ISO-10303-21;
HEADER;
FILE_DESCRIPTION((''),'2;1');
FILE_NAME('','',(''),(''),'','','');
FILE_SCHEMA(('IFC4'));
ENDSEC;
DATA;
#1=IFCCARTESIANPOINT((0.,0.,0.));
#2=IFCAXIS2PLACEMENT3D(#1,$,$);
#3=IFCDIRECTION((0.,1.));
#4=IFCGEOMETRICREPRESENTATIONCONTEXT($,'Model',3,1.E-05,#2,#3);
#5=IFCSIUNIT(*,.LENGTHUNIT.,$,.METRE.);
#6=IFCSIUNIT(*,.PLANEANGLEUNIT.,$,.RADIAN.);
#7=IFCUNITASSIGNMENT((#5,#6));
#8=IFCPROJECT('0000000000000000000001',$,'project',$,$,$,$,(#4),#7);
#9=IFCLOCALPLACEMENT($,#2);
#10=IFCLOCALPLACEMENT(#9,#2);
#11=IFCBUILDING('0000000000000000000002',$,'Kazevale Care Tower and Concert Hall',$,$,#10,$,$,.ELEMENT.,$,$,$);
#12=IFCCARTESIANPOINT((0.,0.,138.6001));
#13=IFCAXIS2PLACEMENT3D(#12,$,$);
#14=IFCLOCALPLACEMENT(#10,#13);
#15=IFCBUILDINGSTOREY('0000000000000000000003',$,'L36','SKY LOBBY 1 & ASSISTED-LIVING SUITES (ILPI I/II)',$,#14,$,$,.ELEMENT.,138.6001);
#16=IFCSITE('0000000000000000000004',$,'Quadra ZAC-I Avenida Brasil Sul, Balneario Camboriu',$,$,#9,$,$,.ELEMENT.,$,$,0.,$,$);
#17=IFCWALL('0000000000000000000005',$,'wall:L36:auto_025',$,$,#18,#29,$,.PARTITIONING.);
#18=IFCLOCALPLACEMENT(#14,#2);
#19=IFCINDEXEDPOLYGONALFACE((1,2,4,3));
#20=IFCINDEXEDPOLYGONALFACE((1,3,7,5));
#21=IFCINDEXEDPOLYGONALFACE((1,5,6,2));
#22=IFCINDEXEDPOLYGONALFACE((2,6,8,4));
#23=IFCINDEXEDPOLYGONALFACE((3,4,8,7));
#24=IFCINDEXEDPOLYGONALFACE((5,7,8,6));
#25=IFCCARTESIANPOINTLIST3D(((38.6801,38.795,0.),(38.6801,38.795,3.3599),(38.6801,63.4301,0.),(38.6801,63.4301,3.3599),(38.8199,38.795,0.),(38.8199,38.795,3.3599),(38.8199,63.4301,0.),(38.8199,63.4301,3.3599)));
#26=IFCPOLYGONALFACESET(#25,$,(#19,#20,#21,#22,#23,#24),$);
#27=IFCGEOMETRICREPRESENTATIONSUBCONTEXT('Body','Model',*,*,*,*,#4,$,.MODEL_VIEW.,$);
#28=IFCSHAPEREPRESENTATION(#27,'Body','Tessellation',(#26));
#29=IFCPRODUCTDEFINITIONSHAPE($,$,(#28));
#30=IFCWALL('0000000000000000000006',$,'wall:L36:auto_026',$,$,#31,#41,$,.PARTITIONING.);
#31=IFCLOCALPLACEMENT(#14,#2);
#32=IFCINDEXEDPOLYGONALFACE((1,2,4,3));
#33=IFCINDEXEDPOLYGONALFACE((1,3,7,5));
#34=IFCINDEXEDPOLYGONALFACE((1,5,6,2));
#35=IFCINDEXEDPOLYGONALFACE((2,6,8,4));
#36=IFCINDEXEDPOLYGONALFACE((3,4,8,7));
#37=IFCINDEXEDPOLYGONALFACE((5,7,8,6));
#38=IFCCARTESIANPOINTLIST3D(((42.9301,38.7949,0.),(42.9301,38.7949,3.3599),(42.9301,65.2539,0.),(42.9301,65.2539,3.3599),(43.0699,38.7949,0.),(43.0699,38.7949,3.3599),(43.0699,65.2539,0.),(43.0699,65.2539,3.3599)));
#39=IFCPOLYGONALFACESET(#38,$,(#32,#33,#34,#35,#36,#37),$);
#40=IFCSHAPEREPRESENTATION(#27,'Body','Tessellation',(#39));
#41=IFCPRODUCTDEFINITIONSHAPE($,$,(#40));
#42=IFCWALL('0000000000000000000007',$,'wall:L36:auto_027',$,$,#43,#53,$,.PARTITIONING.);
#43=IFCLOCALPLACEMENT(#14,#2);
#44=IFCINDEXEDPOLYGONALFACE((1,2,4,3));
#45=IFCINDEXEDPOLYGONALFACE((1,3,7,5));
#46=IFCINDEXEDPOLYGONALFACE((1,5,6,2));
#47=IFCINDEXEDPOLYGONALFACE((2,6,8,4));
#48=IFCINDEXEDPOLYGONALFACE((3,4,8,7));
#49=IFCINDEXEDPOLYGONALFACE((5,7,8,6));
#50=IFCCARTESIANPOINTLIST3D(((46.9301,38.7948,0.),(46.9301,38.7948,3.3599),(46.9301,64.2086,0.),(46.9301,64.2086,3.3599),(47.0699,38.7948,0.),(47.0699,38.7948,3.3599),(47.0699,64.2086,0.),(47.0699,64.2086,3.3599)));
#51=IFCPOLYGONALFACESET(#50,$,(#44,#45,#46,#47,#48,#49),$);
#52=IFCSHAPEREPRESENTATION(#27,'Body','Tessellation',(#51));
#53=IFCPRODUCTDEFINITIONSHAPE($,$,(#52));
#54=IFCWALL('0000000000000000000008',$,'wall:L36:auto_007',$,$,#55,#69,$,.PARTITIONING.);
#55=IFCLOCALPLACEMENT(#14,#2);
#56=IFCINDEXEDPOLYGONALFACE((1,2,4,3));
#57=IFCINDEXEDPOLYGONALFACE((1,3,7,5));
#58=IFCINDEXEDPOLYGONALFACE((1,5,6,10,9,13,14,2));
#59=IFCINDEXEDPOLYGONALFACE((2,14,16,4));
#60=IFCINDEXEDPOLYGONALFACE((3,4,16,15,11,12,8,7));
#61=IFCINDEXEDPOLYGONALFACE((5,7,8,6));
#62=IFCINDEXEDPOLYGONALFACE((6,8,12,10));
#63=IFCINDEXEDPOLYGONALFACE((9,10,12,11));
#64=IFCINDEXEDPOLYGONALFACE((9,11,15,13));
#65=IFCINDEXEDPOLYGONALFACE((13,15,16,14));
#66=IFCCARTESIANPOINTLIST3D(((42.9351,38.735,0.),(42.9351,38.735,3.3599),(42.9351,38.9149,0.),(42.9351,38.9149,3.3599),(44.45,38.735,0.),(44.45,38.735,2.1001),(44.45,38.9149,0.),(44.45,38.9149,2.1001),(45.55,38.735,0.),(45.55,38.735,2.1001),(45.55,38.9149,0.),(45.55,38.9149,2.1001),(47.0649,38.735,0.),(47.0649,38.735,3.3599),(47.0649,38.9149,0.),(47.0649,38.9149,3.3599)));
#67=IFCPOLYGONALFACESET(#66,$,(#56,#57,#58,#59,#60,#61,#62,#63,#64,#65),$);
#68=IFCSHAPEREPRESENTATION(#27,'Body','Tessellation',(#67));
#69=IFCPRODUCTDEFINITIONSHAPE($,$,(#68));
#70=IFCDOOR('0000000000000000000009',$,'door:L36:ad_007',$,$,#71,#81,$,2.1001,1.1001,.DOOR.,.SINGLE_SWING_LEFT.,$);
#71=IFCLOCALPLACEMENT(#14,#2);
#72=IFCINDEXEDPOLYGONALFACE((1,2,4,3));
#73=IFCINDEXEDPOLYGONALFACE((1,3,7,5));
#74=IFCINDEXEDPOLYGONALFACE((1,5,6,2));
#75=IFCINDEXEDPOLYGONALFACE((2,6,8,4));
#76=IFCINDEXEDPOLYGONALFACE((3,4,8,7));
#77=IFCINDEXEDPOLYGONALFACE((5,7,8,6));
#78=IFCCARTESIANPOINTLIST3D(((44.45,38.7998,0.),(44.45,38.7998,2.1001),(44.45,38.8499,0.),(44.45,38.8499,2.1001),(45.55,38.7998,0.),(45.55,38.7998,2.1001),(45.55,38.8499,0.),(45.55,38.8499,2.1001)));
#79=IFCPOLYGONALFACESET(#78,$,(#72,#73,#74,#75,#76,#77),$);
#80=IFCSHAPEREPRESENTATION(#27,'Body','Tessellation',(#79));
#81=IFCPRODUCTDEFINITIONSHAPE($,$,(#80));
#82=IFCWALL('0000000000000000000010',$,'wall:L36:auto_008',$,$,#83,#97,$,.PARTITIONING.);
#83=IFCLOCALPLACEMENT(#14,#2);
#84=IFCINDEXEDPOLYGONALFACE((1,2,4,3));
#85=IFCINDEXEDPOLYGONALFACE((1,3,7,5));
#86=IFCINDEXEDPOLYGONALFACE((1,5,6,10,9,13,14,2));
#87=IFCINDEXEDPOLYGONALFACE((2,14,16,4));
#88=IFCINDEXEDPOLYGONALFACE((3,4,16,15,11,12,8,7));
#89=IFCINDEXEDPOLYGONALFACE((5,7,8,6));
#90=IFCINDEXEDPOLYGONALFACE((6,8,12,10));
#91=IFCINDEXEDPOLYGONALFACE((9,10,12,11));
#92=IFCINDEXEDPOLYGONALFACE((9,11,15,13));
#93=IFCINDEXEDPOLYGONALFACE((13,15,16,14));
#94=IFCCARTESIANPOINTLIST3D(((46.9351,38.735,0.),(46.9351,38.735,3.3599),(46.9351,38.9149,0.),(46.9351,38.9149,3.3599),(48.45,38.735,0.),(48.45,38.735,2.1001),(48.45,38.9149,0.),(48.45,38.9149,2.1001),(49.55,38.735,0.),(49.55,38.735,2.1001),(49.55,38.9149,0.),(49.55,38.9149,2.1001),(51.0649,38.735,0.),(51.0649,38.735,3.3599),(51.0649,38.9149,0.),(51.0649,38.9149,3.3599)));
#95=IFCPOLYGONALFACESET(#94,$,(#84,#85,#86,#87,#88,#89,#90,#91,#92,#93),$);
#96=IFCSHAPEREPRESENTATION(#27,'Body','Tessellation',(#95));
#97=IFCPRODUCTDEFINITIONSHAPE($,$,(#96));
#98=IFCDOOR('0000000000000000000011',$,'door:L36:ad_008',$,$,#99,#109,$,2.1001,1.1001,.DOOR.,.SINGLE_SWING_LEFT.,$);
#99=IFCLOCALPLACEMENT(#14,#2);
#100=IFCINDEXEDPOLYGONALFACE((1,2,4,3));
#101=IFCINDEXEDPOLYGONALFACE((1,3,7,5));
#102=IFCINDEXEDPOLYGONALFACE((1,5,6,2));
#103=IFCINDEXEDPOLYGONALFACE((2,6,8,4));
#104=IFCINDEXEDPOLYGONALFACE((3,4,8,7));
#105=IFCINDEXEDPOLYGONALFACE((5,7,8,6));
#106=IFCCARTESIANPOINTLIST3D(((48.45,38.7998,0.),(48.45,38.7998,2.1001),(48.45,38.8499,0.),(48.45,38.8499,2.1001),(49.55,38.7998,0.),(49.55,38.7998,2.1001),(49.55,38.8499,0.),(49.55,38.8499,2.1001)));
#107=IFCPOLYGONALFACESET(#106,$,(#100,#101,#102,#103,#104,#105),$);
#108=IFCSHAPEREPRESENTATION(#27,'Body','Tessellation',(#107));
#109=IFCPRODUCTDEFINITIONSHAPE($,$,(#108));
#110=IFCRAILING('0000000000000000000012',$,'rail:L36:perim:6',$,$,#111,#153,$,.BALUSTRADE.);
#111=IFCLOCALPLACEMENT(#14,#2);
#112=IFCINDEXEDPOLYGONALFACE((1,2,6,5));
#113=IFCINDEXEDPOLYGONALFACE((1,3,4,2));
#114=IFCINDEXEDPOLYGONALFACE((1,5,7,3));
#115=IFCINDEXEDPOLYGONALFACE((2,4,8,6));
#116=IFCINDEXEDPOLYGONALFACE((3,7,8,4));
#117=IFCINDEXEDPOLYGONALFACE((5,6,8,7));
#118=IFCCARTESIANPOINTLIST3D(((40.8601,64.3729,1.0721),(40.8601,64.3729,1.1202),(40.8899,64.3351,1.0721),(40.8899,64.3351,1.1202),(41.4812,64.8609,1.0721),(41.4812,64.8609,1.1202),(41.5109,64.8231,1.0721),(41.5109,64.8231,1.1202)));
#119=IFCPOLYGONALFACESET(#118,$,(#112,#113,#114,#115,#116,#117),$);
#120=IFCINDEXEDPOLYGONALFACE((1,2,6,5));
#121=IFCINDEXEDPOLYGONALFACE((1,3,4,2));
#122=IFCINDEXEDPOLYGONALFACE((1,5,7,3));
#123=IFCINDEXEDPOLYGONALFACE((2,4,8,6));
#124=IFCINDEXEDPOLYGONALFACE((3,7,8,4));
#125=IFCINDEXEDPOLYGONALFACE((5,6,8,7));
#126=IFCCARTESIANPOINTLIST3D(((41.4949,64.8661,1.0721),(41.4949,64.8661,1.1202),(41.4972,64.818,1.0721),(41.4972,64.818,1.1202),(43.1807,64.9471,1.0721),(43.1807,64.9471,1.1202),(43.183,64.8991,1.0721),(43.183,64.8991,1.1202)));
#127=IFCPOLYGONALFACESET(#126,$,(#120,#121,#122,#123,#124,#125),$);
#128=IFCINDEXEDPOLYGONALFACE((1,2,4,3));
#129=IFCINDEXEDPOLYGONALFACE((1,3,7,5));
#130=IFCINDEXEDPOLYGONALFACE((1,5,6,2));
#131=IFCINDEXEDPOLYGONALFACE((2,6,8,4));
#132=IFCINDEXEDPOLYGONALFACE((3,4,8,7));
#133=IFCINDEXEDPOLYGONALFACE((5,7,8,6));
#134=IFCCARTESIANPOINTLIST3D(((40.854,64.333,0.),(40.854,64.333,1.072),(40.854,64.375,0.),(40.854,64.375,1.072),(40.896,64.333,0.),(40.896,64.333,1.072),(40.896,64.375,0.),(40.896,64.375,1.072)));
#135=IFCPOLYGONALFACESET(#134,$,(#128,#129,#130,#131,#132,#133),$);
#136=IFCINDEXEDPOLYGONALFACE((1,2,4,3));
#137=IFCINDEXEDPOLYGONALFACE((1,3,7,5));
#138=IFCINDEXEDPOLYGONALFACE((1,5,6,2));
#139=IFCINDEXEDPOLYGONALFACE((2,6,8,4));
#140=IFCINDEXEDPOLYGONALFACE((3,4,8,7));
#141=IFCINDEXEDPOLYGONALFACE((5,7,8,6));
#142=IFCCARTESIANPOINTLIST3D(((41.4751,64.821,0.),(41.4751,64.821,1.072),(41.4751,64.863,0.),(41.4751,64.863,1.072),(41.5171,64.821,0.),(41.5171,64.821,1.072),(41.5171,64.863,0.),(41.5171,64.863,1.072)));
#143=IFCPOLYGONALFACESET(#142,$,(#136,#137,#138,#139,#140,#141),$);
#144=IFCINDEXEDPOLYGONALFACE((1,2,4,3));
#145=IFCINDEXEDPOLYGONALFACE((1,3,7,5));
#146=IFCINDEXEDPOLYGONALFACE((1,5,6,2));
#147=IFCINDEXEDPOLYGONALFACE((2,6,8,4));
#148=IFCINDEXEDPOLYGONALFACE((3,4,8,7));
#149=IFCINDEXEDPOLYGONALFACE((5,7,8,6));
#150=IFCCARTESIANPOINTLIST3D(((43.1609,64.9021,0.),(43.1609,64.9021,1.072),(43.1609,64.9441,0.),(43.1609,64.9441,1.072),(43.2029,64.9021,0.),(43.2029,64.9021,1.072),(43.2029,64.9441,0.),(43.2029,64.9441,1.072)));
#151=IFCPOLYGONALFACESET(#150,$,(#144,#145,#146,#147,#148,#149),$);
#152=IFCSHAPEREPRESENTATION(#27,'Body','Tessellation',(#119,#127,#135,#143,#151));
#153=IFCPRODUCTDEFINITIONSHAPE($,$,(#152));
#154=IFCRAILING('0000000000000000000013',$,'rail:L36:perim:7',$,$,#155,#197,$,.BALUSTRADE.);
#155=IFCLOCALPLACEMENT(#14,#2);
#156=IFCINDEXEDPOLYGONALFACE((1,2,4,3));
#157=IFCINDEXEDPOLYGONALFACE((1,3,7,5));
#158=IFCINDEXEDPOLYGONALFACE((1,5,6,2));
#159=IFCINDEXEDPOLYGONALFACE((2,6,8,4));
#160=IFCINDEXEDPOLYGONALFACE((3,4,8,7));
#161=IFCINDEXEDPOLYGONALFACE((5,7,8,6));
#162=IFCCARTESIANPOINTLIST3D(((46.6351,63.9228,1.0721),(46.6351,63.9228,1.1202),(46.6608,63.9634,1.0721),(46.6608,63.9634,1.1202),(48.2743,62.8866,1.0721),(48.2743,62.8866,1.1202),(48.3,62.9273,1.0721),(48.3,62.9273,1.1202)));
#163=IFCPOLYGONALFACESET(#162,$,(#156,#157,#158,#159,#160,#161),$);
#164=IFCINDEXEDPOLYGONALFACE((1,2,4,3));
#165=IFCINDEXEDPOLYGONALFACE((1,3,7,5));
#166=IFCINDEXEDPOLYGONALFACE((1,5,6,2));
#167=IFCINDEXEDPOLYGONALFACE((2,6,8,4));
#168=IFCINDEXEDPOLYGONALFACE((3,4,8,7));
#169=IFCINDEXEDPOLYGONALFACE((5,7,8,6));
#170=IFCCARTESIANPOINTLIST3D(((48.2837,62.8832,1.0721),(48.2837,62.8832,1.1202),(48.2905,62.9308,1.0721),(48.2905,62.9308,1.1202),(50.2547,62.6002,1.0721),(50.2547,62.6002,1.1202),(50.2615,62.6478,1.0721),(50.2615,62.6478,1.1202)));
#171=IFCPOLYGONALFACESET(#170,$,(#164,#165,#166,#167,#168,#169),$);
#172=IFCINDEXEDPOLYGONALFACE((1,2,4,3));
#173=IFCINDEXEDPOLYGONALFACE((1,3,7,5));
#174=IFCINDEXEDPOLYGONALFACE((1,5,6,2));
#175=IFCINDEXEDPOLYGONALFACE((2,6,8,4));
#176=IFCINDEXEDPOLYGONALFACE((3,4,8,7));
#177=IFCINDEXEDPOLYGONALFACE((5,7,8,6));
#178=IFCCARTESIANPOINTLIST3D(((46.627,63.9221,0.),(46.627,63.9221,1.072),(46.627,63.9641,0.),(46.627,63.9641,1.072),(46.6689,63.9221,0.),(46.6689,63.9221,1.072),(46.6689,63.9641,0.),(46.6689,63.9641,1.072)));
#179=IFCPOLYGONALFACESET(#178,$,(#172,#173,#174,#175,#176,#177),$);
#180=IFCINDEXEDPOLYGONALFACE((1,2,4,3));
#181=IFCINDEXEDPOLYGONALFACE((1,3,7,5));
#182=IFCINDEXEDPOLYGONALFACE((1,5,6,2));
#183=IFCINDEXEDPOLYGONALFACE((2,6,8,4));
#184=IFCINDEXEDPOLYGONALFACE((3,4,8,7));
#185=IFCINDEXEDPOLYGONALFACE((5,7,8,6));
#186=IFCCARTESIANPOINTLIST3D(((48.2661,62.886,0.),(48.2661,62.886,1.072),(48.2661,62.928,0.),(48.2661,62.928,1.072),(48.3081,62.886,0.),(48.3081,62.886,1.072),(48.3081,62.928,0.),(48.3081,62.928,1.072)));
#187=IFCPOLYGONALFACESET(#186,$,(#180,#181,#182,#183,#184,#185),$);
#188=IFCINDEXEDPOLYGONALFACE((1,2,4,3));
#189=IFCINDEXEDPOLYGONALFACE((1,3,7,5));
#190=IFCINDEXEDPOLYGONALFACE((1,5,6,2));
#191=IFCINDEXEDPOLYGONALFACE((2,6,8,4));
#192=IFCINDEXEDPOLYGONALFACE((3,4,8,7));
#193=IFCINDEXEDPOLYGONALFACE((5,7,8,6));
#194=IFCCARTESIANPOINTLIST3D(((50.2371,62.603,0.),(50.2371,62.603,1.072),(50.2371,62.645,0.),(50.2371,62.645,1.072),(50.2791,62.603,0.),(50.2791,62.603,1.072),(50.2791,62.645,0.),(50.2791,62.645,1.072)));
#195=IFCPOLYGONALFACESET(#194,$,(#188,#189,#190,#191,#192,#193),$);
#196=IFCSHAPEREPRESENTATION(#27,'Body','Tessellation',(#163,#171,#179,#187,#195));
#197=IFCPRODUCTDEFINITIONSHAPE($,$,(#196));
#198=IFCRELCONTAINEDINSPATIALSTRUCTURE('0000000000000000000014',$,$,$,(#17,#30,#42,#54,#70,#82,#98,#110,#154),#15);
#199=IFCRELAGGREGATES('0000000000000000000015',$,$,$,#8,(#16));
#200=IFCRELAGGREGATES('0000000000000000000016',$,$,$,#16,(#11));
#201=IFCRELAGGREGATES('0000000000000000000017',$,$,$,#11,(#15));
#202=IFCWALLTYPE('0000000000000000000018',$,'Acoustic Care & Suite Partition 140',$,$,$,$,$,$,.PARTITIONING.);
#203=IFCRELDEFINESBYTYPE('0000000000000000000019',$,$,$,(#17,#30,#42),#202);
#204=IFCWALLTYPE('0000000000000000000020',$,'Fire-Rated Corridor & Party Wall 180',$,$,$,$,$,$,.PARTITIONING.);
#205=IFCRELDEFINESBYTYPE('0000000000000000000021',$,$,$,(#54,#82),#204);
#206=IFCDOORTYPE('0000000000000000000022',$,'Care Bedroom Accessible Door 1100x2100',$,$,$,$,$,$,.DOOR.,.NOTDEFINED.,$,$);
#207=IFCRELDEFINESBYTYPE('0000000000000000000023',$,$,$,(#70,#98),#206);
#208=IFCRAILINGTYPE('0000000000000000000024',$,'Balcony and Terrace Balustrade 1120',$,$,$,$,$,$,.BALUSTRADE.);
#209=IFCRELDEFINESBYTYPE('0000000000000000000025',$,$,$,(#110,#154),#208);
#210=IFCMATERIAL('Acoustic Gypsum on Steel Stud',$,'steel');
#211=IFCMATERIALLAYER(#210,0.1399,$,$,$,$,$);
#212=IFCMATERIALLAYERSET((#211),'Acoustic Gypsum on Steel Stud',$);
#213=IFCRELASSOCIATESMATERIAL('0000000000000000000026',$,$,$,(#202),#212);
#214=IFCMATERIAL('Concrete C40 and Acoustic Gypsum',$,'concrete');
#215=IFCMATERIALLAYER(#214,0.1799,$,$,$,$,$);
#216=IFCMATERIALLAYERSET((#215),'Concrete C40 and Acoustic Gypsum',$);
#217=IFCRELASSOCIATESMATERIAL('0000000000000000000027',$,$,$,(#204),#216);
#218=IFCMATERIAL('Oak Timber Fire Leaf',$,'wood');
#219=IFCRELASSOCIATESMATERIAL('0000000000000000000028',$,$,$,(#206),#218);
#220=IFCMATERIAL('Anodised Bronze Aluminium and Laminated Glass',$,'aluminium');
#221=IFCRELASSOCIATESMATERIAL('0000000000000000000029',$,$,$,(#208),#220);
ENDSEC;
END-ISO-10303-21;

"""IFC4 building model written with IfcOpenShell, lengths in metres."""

from ifc_helpers import new_model, si_unit, direction, frame, frame_2d, origin, origin_2d, place, context, subcontext, project, spatial, rectangle, extrude, material, layer, layer_set, type_object, element, fill, save


model = new_model("IFC4")

# Units and contexts
model_context = context("Model", 3, precision=1e-05, world=origin(), true_north=direction((0.0, 1.0)))
body_context = subcontext(model_context, "Body", "Model", "MODEL_VIEW")
ifc_project = project(units=[si_unit("LENGTHUNIT", "METRE"), si_unit("PLANEANGLEUNIT", "RADIAN")], contexts=[model_context])

# Site, building, storey
site_placement = place(None, origin())
site = spatial("IfcSite", under=ifc_project, at=site_placement, Name="Quadra ZAC-I Avenida Brasil Sul, Balneario Camboriu", CompositionType="ELEMENT", RefElevation=0.0)
building_placement = place(site_placement, origin())
building = spatial("IfcBuilding", under=site, at=building_placement, Name="Kazevale Care Tower and Concert Hall", CompositionType="ELEMENT")
storey_placement = place(building_placement, frame((0.0, 0.0, 138.6001)))
storey = spatial("IfcBuildingStorey", under=building, at=storey_placement, Name="L36", Description="SKY LOBBY 1 & ASSISTED-LIVING SUITES (ILPI I/II)", CompositionType="ELEMENT", Elevation=138.6001)

# Walls
ifc_material_1 = material(Name="Acoustic Gypsum on Steel Stud", Category="steel")
ifc_layer_1 = layer(ifc_material_1, 0.1399)
ifc_layer_set_1 = layer_set([ifc_layer_1], Name="Acoustic Gypsum on Steel Stud")
wall_type_1 = type_object("IfcWallType", Name="Acoustic Care & Suite Partition 140", PredefinedType="PARTITIONING", material=ifc_layer_set_1)
wall_1_placement = place(storey_placement, frame((38.75, 63.4299, 0.0), z_axis=(0.0, 0.0, 1.0), x_axis=(0.0, -1.0, 0.0)))
element("IfcWall", 1, at=wall_1_placement, inside=storey, type_object=wall_type_1, Name="wall:L36:auto_025", PredefinedType="PARTITIONING", context=body_context, shape_type="SweptSolid", body=[
    extrude(rectangle(XDim=24.635, YDim=0.1399, at=frame_2d((12.3174, 0.0))), origin(), (0.0, 0.0, 1.0), 3.3599),
])
wall_2_placement = place(storey_placement, frame((43.0, 65.2539, 0.0), z_axis=(0.0, 0.0, 1.0), x_axis=(0.0, -1.0, 0.0)))
element("IfcWall", 2, at=wall_2_placement, inside=storey, type_object=wall_type_1, Name="wall:L36:auto_026", PredefinedType="PARTITIONING", context=body_context, shape_type="SweptSolid", body=[
    extrude(rectangle(XDim=26.459, YDim=0.1399, at=frame_2d((13.2295, 0.0))), origin(), (0.0, 0.0, 1.0), 3.3599),
])
wall_3_placement = place(storey_placement, frame((47.0, 64.2087, 0.0), z_axis=(0.0, 0.0, 1.0), x_axis=(0.0, -1.0, 0.0)))
element("IfcWall", 3, at=wall_3_placement, inside=storey, type_object=wall_type_1, Name="wall:L36:auto_027", PredefinedType="PARTITIONING", context=body_context, shape_type="SweptSolid", body=[
    extrude(rectangle(XDim=25.4138, YDim=0.1399, at=frame_2d((12.707, 0.0))), origin(), (0.0, 0.0, 1.0), 3.3599),
])

# Walls, openings, doors
ifc_material_2 = material(Name="Concrete C40 and Acoustic Gypsum", Category="concrete")
ifc_layer_2 = layer(ifc_material_2, 0.1799)
ifc_layer_set_2 = layer_set([ifc_layer_2], Name="Concrete C40 and Acoustic Gypsum")
wall_type_2 = type_object("IfcWallType", Name="Fire-Rated Corridor & Party Wall 180", PredefinedType="PARTITIONING", material=ifc_layer_set_2)
wall_4_placement = place(storey_placement, frame((42.9351, 38.825, 0.0), z_axis=(0.0, 0.0, 1.0), x_axis=(1.0, 0.0, 0.0)))
wall_4 = element("IfcWall", 4, at=wall_4_placement, inside=storey, type_object=wall_type_2, Name="wall:L36:auto_007", PredefinedType="PARTITIONING", context=body_context, shape_type="SweptSolid", body=[
    extrude(rectangle(XDim=4.1299, YDim=0.1799, at=frame_2d((2.0649, 0.0))), origin(), (0.0, 0.0, 1.0), 3.3599),
])
opening_1_placement = place(wall_4_placement, frame((1.5149, 0.0, 0.0)))
opening_1 = element("IfcOpeningElement", 5, at=opening_1_placement, cuts=wall_4, PredefinedType="OPENING", context=body_context, shape_type="SweptSolid", body=[
    extrude(rectangle(XDim=1.1001, YDim=2.1001, at=frame_2d((0.55, 1.05))), frame((0.0, 0.0999, 0.0), z_axis=(0.0, -1.0, 0.0), x_axis=(1.0, 0.0, 0.0)), (0.0, 0.0, 1.0), 0.2),
])
ifc_material_3 = material(Name="Oak Timber Fire Leaf", Category="wood")
door_type = type_object("IfcDoorType", Name="Care Bedroom Accessible Door 1100x2100", OperationType="NOTDEFINED", PredefinedType="DOOR", material=ifc_material_3)
door_1_placement = place(opening_1_placement, origin())
door_1 = element("IfcDoor", 6, at=door_1_placement, inside=storey, type_object=door_type, Name="door:L36:ad_007", OperationType="SINGLE_SWING_LEFT", OverallHeight=2.1001, OverallWidth=1.1001, PredefinedType="DOOR", context=body_context, shape_type="SweptSolid", body=[
    extrude(rectangle(XDim=1.1001, YDim=2.1001, at=frame_2d((0.55, 1.05))), frame((0.0, 0.0249, 0.0), z_axis=(0.0, -1.0, 0.0), x_axis=(1.0, 0.0, 0.0)), (0.0, 0.0, 1.0), 0.05),
])
fill(opening_1, door_1)
wall_5_placement = place(storey_placement, frame((46.9351, 38.825, 0.0), z_axis=(0.0, 0.0, 1.0), x_axis=(1.0, 0.0, 0.0)))
wall_5 = element("IfcWall", 7, at=wall_5_placement, inside=storey, type_object=wall_type_2, Name="wall:L36:auto_008", PredefinedType="PARTITIONING", context=body_context, shape_type="SweptSolid", body=[
    extrude(rectangle(XDim=4.1299, YDim=0.1799, at=frame_2d((2.0649, 0.0))), origin(), (0.0, 0.0, 1.0), 3.3599),
])
opening_2_placement = place(wall_5_placement, frame((1.5149, 0.0, 0.0)))
opening_2 = element("IfcOpeningElement", 8, at=opening_2_placement, cuts=wall_5, PredefinedType="OPENING", context=body_context, shape_type="SweptSolid", body=[
    extrude(rectangle(XDim=1.1001, YDim=2.1001, at=frame_2d((0.55, 1.05))), frame((0.0, 0.0999, 0.0), z_axis=(0.0, -1.0, 0.0), x_axis=(1.0, 0.0, 0.0)), (0.0, 0.0, 1.0), 0.2),
])
door_2_placement = place(opening_2_placement, origin())
door_2 = element("IfcDoor", 9, at=door_2_placement, inside=storey, type_object=door_type, Name="door:L36:ad_008", OperationType="SINGLE_SWING_LEFT", OverallHeight=2.1001, OverallWidth=1.1001, PredefinedType="DOOR", context=body_context, shape_type="SweptSolid", body=[
    extrude(rectangle(XDim=1.1001, YDim=2.1001, at=frame_2d((0.55, 1.05))), frame((0.0, 0.0249, 0.0), z_axis=(0.0, -1.0, 0.0), x_axis=(1.0, 0.0, 0.0)), (0.0, 0.0, 1.0), 0.05),
])
fill(opening_2, door_2)

# Railings
ifc_material_4 = material(Name="Anodised Bronze Aluminium and Laminated Glass", Category="aluminium")
railing_type = type_object("IfcRailingType", Name="Balcony and Terrace Balustrade 1120", PredefinedType="BALUSTRADE", material=ifc_material_4)
railing_1_placement = place(storey_placement, frame((40.875, 64.354, 0.0)))
element("IfcRailing", 10, at=railing_1_placement, inside=storey, type_object=railing_type, Name="rail:L36:perim:6", PredefinedType="BALUSTRADE", context=body_context, shape_type="SweptSolid", body=[
    extrude(rectangle(XDim=0.0481, YDim=0.0481, at=origin_2d()), frame((0.0, 0.0, 1.0962), z_axis=(0.786297, 0.617849, 0.0), x_axis=(-0.617849, 0.786297, 0.0)), (0.0, 0.0, 1.0), 0.7898),
    extrude(rectangle(XDim=0.0481, YDim=0.0481, at=origin_2d()), frame((0.6211, 0.488, 1.0962), z_axis=(0.998846, 0.048026, 0.0), x_axis=(-0.048026, 0.998846, 0.0)), (0.0, 0.0, 1.0), 1.6877),
    extrude(rectangle(XDim=0.042, YDim=0.042, at=origin_2d()), origin(), (0.0, 0.0, 1.0), 1.072),
    extrude(rectangle(XDim=0.042, YDim=0.042, at=origin_2d()), frame((0.6211, 0.488, 0.0)), (0.0, 0.0, 1.0), 1.072),
    extrude(rectangle(XDim=0.042, YDim=0.042, at=origin_2d()), frame((2.3069, 0.5691, 0.0)), (0.0, 0.0, 1.0), 1.072),
])
railing_2_placement = place(storey_placement, frame((46.6479, 63.9431, 0.0)))
element("IfcRailing", 11, at=railing_2_placement, inside=storey, type_object=railing_type, Name="rail:L36:perim:7", PredefinedType="BALUSTRADE", context=body_context, shape_type="SweptSolid", body=[
    extrude(rectangle(XDim=0.0481, YDim=0.0481, at=origin_2d()), frame((0.0, 0.0, 1.0962), z_axis=(0.845285, -0.534315, 0.0), x_axis=(0.534315, 0.845285, 0.0)), (0.0, 0.0, 1.0), 1.9392),
    extrude(rectangle(XDim=0.0481, YDim=0.0481, at=origin_2d()), frame((1.6392, -1.0361, 1.0962), z_axis=(0.989851, -0.142108, 0.0), x_axis=(0.142108, 0.989851, 0.0)), (0.0, 0.0, 1.0), 1.9912),
    extrude(rectangle(XDim=0.042, YDim=0.042, at=origin_2d()), origin(), (0.0, 0.0, 1.0), 1.072),
    extrude(rectangle(XDim=0.042, YDim=0.042, at=origin_2d()), frame((1.6392, -1.0361, 0.0)), (0.0, 0.0, 1.0), 1.072),
    extrude(rectangle(XDim=0.042, YDim=0.042, at=origin_2d()), frame((3.6101, -1.3191, 0.0)), (0.0, 0.0, 1.0), 1.072),
])

save(model, "model.ifc")
